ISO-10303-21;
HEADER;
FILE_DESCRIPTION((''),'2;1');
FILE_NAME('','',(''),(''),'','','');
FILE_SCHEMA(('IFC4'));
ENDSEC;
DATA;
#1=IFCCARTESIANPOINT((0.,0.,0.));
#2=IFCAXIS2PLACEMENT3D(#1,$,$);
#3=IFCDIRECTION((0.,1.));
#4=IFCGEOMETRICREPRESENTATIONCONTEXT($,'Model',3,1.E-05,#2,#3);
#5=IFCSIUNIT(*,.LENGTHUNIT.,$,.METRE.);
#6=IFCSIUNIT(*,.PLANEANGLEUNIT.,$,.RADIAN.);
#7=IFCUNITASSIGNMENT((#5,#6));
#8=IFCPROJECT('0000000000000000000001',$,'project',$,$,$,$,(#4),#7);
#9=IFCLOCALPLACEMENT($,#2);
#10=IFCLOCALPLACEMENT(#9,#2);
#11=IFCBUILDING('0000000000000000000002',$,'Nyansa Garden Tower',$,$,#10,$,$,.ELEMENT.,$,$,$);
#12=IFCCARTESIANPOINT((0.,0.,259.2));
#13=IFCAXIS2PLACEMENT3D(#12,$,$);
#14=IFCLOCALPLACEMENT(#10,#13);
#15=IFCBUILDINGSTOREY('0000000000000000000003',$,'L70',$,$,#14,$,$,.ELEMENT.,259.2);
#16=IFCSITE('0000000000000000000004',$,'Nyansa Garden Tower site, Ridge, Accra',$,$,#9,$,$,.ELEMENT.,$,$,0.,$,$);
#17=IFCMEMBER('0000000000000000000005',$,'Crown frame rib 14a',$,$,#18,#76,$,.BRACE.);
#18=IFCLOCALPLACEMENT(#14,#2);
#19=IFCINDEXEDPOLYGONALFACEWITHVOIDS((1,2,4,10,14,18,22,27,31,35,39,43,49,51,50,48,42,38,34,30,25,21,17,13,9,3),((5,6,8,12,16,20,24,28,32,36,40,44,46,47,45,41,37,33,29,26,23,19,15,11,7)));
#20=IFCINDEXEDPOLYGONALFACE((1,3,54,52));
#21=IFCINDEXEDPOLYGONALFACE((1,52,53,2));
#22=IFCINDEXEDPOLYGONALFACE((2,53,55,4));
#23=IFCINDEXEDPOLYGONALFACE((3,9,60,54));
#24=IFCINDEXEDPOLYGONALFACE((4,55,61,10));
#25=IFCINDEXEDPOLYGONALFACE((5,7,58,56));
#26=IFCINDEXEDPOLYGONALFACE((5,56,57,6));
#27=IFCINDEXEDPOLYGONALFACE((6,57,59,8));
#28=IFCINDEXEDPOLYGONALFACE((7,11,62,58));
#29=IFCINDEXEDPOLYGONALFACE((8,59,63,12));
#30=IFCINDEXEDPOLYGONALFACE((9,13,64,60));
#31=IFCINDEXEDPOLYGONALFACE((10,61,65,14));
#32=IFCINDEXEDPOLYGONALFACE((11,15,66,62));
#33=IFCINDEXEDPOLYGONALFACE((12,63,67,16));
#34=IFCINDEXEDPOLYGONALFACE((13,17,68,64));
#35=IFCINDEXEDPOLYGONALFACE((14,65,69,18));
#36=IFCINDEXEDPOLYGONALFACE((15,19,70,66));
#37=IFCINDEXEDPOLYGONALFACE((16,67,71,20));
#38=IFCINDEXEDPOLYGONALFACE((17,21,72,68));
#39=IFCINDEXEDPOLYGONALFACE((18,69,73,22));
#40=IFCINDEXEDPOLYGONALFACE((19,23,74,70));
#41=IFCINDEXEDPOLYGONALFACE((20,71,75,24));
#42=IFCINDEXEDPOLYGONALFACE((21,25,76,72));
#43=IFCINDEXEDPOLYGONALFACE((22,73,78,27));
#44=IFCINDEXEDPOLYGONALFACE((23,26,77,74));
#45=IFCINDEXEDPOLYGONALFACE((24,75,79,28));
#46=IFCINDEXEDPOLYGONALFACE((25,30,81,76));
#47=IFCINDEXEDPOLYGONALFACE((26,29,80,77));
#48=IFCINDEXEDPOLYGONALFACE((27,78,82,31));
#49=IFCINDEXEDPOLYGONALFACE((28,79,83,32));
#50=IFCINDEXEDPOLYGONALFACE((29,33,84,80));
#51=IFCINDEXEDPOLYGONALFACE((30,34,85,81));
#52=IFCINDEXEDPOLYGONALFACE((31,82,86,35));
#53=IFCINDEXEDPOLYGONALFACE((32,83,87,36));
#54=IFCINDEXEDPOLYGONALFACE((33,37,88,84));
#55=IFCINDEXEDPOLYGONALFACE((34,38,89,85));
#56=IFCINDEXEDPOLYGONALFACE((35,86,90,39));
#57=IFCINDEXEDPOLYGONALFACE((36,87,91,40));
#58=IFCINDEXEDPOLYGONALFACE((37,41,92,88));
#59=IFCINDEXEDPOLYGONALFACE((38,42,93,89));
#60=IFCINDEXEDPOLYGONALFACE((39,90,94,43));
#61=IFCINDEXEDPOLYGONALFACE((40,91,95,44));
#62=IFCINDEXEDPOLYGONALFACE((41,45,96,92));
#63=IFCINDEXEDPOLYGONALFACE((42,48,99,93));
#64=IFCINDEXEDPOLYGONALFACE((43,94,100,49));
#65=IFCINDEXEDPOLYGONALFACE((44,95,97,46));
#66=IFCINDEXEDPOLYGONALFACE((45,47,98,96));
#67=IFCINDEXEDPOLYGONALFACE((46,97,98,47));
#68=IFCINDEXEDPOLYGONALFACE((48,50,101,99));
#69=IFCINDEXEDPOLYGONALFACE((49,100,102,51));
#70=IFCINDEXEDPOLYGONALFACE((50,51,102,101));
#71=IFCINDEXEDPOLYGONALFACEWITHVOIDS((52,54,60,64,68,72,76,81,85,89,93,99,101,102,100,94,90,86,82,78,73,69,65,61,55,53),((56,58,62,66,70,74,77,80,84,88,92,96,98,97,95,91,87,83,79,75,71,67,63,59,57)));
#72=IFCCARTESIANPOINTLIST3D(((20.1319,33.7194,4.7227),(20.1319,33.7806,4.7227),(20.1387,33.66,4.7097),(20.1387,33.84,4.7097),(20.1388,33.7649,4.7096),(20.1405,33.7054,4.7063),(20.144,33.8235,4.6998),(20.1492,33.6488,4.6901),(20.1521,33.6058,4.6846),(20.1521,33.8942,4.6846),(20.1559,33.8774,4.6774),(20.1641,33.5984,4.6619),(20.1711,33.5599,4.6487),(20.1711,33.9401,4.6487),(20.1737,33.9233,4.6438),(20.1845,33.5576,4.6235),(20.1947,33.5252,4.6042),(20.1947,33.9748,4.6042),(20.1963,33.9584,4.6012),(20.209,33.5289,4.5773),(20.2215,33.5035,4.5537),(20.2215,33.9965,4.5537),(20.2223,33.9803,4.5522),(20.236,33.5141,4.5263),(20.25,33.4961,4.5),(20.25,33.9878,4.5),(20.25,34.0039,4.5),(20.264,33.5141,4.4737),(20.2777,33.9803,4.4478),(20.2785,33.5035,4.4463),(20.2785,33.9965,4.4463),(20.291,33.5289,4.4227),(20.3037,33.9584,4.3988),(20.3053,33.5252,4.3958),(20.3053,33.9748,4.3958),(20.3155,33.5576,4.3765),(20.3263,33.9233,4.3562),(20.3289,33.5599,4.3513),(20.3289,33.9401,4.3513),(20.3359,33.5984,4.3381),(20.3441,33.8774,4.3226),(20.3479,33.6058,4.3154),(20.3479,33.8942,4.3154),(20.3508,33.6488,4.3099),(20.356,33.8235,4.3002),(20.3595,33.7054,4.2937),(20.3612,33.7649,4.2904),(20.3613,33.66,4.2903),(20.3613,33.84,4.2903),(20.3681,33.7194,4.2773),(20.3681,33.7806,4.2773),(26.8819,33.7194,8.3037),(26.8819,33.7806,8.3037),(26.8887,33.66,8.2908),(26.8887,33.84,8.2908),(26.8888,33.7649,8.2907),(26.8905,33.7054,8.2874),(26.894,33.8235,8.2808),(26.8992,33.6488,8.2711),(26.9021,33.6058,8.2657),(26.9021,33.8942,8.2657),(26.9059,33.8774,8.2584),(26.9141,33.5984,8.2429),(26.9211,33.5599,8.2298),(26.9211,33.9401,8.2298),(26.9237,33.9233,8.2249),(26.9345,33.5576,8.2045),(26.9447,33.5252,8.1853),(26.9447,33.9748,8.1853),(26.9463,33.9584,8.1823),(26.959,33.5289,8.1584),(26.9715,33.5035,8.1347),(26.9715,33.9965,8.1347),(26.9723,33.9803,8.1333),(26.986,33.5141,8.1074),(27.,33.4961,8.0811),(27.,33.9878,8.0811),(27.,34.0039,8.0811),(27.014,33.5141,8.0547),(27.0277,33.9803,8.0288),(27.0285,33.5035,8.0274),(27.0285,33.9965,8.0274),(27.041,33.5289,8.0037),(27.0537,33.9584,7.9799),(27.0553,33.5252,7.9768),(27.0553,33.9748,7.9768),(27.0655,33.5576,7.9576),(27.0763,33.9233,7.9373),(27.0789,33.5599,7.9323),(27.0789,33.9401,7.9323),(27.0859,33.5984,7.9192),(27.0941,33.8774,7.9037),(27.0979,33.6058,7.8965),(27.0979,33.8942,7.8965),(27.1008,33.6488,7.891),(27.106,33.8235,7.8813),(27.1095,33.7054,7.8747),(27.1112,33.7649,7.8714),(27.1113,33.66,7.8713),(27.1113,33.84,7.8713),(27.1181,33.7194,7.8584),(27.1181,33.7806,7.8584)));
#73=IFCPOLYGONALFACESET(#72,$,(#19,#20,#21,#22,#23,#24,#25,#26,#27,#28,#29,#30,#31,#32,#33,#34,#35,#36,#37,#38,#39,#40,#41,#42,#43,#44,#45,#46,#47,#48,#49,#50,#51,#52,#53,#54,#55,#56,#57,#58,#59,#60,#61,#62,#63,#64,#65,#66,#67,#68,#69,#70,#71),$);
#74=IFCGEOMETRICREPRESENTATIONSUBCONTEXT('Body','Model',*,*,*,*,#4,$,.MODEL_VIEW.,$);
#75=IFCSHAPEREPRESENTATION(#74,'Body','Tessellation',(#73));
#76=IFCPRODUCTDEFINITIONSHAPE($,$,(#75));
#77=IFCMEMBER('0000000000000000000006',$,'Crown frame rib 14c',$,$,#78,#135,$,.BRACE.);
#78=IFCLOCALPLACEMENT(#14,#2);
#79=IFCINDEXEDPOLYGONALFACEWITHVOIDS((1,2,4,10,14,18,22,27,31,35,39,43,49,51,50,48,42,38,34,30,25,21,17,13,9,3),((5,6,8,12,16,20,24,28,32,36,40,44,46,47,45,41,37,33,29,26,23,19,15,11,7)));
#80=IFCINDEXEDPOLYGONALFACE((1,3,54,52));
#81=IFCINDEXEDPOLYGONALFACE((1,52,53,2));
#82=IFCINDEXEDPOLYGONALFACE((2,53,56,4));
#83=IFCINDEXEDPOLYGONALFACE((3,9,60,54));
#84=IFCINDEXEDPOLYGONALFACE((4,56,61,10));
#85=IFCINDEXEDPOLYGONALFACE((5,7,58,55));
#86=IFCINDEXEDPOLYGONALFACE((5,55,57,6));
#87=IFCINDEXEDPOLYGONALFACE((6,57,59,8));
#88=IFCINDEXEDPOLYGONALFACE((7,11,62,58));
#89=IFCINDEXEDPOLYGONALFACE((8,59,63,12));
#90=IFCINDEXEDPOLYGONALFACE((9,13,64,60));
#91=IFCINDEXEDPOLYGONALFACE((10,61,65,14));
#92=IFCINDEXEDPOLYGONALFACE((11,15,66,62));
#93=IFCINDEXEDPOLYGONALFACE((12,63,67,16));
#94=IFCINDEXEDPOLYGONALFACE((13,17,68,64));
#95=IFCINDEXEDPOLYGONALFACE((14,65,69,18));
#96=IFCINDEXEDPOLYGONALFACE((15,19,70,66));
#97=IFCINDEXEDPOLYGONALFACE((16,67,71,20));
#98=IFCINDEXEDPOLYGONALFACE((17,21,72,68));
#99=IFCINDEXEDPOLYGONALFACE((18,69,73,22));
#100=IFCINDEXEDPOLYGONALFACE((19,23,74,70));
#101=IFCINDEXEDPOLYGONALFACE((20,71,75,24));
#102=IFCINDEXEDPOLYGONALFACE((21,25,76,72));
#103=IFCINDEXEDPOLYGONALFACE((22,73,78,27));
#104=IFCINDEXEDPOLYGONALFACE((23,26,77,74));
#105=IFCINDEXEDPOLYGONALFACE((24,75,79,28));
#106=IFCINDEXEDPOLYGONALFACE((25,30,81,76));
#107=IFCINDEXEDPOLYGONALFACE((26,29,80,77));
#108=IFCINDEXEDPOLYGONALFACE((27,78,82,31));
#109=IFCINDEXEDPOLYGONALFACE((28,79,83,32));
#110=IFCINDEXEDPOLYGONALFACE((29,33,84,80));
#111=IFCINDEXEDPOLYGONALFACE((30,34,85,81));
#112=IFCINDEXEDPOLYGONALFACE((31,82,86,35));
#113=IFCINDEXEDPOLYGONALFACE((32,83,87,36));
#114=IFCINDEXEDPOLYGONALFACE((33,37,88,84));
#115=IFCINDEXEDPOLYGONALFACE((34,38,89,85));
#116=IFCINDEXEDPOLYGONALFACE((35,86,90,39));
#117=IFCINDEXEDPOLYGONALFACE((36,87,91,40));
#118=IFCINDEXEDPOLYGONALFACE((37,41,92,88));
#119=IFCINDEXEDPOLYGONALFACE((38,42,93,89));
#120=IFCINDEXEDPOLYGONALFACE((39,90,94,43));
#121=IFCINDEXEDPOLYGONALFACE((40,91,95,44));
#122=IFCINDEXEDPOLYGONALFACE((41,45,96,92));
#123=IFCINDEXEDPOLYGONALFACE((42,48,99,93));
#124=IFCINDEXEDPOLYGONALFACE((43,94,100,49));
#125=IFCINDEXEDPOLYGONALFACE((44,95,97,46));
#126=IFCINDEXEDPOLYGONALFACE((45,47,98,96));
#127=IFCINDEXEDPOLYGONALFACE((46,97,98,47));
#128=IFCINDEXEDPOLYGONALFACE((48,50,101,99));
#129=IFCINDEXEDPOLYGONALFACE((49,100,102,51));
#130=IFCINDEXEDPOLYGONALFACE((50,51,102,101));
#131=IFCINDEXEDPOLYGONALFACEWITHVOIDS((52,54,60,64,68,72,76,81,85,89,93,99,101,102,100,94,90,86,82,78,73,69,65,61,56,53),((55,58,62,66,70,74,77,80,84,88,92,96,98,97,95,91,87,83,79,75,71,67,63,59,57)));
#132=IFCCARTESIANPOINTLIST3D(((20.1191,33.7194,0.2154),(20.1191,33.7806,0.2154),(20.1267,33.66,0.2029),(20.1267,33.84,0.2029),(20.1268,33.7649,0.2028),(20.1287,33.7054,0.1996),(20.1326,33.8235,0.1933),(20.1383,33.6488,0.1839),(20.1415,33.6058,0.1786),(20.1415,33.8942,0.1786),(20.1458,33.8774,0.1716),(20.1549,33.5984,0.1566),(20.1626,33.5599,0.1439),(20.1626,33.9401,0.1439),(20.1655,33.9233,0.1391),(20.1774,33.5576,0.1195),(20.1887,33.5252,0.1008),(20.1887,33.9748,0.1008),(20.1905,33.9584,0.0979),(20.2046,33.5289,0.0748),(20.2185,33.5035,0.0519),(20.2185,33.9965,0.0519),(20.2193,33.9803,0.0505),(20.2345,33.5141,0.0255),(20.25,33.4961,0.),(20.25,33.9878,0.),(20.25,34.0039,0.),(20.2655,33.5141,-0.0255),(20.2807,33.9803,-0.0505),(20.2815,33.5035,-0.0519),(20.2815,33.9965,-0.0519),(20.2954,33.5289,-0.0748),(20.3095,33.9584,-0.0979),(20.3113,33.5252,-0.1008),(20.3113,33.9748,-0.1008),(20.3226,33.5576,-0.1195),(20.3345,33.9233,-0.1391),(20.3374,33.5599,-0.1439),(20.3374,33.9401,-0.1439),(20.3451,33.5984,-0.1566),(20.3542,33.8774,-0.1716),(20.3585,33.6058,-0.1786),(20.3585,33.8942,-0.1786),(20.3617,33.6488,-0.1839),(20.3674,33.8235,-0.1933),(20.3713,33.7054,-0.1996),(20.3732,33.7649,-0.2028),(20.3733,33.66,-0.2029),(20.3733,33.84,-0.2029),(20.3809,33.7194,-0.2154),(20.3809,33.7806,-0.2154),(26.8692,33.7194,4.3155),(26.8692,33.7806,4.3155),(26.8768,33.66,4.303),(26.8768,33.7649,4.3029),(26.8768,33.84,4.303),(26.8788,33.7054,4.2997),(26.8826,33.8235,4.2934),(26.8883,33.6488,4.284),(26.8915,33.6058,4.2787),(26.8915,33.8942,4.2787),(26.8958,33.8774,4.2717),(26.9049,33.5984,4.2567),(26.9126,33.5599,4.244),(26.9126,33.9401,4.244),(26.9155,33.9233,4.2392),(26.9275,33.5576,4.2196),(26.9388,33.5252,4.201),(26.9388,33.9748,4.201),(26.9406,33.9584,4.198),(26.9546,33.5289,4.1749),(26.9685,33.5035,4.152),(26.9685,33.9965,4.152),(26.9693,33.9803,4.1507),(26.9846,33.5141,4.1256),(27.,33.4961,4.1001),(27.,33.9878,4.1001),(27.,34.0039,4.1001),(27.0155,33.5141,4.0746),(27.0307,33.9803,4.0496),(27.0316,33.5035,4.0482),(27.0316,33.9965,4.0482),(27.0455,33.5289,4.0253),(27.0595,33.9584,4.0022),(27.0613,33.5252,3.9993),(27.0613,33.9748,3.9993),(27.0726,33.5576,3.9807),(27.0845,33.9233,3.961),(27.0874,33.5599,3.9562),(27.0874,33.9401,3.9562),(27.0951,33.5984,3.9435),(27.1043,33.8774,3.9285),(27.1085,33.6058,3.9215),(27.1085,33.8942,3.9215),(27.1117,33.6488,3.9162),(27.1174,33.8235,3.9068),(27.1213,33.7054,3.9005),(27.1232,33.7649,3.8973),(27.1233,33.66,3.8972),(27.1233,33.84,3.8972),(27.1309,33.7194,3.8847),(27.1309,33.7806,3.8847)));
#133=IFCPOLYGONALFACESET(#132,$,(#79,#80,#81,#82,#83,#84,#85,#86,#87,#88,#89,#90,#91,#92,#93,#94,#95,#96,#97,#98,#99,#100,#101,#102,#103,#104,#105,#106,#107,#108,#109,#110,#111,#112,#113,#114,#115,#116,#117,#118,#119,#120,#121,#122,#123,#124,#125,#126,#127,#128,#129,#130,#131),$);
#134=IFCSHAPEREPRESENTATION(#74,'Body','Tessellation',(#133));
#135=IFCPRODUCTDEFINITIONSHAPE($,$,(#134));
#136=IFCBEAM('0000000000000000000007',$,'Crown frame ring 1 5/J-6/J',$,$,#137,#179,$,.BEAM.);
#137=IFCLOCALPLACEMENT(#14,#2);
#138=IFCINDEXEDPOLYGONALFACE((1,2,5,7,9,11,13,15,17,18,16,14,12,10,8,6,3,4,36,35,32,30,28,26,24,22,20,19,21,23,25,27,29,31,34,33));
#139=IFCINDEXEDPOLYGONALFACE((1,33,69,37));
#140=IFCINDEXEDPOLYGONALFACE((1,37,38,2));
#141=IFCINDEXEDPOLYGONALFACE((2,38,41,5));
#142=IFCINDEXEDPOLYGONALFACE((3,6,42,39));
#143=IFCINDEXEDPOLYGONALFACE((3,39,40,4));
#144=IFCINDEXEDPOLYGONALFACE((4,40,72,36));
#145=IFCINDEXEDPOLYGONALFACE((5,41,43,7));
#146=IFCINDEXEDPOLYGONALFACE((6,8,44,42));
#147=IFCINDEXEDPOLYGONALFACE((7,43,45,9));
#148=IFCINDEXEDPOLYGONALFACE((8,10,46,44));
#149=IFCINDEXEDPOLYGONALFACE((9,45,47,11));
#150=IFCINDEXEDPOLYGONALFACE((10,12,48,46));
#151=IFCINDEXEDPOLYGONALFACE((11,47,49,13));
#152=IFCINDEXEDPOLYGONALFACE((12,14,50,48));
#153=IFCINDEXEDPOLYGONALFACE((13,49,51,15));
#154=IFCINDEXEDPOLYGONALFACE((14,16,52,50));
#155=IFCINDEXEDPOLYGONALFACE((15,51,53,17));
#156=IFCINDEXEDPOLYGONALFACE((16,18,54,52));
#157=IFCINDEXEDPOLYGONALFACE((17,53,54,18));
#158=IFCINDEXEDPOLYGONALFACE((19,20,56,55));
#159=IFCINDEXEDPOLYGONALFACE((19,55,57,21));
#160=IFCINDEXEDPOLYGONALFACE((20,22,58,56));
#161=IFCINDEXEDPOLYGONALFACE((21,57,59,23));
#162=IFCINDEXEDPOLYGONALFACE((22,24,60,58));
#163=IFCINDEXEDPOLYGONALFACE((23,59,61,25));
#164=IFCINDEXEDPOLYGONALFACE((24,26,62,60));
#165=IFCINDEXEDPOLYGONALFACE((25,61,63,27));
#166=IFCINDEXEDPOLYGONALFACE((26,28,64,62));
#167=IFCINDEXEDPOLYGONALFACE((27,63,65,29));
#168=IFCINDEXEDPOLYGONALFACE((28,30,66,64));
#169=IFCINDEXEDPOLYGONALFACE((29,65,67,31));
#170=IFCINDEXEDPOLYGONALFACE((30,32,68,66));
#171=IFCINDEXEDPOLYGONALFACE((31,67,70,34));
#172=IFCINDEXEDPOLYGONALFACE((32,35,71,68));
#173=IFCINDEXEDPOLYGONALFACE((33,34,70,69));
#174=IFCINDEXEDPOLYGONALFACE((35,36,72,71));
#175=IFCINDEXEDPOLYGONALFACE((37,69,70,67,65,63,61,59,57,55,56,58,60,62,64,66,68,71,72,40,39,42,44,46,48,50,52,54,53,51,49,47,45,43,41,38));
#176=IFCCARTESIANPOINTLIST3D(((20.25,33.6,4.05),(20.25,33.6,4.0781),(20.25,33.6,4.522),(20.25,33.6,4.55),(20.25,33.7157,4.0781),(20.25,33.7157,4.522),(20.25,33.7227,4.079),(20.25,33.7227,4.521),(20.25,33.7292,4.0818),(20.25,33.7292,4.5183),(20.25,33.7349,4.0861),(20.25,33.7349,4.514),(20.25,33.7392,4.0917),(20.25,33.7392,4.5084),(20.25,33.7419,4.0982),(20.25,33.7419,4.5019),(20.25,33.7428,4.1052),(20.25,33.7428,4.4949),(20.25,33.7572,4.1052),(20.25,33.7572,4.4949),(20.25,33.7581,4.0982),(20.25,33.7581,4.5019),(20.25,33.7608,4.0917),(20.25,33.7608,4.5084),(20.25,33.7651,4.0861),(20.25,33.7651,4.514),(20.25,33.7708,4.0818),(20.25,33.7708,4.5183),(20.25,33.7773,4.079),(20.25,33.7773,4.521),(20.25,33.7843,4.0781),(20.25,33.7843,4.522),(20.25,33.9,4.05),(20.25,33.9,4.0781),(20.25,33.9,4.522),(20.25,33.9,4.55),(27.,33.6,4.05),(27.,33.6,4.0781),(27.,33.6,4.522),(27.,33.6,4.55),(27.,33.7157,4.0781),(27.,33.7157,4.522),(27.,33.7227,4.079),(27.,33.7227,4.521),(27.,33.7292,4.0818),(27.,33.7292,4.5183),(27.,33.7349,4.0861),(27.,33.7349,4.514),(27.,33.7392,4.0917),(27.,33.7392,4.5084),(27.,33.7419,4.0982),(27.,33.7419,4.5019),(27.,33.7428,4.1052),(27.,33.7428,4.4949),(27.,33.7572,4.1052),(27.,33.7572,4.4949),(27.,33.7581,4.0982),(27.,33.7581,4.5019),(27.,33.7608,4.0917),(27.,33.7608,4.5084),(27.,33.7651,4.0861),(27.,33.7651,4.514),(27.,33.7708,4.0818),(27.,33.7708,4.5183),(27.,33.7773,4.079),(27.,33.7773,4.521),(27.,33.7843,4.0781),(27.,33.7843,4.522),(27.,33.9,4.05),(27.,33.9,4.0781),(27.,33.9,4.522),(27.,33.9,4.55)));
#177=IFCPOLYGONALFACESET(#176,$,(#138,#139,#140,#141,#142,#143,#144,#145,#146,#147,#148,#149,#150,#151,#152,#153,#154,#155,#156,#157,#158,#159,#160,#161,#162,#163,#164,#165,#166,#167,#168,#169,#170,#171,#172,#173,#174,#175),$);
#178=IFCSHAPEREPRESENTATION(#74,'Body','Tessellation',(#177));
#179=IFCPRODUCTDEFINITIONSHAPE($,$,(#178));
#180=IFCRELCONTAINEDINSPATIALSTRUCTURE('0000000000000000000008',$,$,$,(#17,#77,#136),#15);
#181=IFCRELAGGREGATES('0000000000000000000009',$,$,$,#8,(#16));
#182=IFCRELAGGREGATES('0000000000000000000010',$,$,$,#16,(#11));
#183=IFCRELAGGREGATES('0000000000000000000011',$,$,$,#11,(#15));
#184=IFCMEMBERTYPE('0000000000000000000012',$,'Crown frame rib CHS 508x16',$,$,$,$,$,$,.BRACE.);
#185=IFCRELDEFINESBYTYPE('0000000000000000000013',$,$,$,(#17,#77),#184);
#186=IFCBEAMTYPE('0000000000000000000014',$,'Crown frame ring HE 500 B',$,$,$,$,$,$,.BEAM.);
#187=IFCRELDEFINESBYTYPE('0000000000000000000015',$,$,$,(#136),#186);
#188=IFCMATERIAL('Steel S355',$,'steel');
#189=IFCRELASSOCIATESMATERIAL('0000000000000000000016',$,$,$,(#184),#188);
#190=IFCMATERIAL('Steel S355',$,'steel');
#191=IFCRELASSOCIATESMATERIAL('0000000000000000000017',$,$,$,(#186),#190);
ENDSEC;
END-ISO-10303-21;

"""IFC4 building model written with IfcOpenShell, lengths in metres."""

from ifc_helpers import new_model, si_unit, direction, frame, origin, origin_2d, place, context, subcontext, project, spatial, hollow_circle, i_section, extrude, material, material_profile, profile_set, type_object, element, save


model = new_model("IFC4")

# Units and contexts
model_context = context("Model", 3, precision=1e-05, world=origin(), true_north=direction((0.0, 1.0)))
body_context = subcontext(model_context, "Body", "Model", "MODEL_VIEW")
ifc_project = project(units=[si_unit("LENGTHUNIT", "METRE"), si_unit("PLANEANGLEUNIT", "RADIAN")], contexts=[model_context])

# Site, building, storey
site_placement = place(None, origin())
site = spatial("IfcSite", under=ifc_project, at=site_placement, Name="Nyansa Garden Tower site, Ridge, Accra", CompositionType="ELEMENT", RefElevation=0.0)
building_placement = place(site_placement, origin())
building = spatial("IfcBuilding", under=site, at=building_placement, Name="Nyansa Garden Tower", CompositionType="ELEMENT")
storey_placement = place(building_placement, frame((0.0, 0.0, 259.2)))
storey = spatial("IfcBuildingStorey", under=building, at=storey_placement, Name="L70", CompositionType="ELEMENT", Elevation=259.2)

# Members
ifc_material_1 = material(Name="Steel S355", Category="steel")
ifc_material_profile_1 = material_profile(ifc_material_1, hollow_circle(Radius=0.2539, WallThickness=0.0161, at=origin_2d()), Name="CHS 508x16")
ifc_profile_set_1 = profile_set([ifc_material_profile_1], Name="Steel S355")
member_type = type_object("IfcMemberType", Name="Crown frame rib CHS 508x16", PredefinedType="BRACE", material=ifc_profile_set_1)
member_1_placement = place(storey_placement, frame((20.25, 33.75, 4.5), z_axis=(0.88338, 0.0, 0.468657), x_axis=(0.0, 1.0, 0.0)))
element("IfcMember", 1, at=member_1_placement, inside=storey, type_object=member_type, Name="Crown frame rib 14a", PredefinedType="BRACE", context=body_context, shape_type="SweptSolid", body=[
    extrude(hollow_circle(Radius=0.2539, WallThickness=0.0161, at=origin_2d()), origin(), (0.0, 0.0, 1.0), 7.6411),
])
member_2_placement = place(storey_placement, frame((20.25, 33.75, 0.0), z_axis=(0.854682, 0.0, 0.519152), x_axis=(0.0, 1.0, 0.0)))
element("IfcMember", 2, at=member_2_placement, inside=storey, type_object=member_type, Name="Crown frame rib 14c", PredefinedType="BRACE", context=body_context, shape_type="SweptSolid", body=[
    extrude(hollow_circle(Radius=0.2539, WallThickness=0.0161, at=origin_2d()), origin(), (0.0, 0.0, 1.0), 7.8977),
])

# Beam
ifc_material_2 = material(Name="Steel S355", Category="steel")
ifc_material_profile_2 = material_profile(ifc_material_2, i_section(OverallWidth=0.3, OverallDepth=0.5, WebThickness=0.0144, FlangeThickness=0.0281, FilletRadius=0.0271, at=origin_2d()), Name="HE 500 B")
ifc_profile_set_2 = profile_set([ifc_material_profile_2], Name="Steel S355")
beam_type_1 = type_object("IfcBeamType", Name="Crown frame ring HE 500 B", PredefinedType="BEAM", material=ifc_profile_set_2)
beam_1_placement = place(storey_placement, frame((20.25, 33.75, 4.3), z_axis=(1.0, 0.0, 0.0), x_axis=(0.0, 1.0, 0.0)))
element("IfcBeam", 3, at=beam_1_placement, inside=storey, type_object=beam_type_1, Name="Crown frame ring 1 5/J-6/J", PredefinedType="BEAM", context=body_context, shape_type="SweptSolid", body=[
    extrude(i_section(OverallWidth=0.3, OverallDepth=0.5, WebThickness=0.0144, FlangeThickness=0.0281, FilletRadius=0.0271, at=origin_2d()), origin(), (0.0, 0.0, 1.0), 6.75),
])

save(model, "model.ifc")
